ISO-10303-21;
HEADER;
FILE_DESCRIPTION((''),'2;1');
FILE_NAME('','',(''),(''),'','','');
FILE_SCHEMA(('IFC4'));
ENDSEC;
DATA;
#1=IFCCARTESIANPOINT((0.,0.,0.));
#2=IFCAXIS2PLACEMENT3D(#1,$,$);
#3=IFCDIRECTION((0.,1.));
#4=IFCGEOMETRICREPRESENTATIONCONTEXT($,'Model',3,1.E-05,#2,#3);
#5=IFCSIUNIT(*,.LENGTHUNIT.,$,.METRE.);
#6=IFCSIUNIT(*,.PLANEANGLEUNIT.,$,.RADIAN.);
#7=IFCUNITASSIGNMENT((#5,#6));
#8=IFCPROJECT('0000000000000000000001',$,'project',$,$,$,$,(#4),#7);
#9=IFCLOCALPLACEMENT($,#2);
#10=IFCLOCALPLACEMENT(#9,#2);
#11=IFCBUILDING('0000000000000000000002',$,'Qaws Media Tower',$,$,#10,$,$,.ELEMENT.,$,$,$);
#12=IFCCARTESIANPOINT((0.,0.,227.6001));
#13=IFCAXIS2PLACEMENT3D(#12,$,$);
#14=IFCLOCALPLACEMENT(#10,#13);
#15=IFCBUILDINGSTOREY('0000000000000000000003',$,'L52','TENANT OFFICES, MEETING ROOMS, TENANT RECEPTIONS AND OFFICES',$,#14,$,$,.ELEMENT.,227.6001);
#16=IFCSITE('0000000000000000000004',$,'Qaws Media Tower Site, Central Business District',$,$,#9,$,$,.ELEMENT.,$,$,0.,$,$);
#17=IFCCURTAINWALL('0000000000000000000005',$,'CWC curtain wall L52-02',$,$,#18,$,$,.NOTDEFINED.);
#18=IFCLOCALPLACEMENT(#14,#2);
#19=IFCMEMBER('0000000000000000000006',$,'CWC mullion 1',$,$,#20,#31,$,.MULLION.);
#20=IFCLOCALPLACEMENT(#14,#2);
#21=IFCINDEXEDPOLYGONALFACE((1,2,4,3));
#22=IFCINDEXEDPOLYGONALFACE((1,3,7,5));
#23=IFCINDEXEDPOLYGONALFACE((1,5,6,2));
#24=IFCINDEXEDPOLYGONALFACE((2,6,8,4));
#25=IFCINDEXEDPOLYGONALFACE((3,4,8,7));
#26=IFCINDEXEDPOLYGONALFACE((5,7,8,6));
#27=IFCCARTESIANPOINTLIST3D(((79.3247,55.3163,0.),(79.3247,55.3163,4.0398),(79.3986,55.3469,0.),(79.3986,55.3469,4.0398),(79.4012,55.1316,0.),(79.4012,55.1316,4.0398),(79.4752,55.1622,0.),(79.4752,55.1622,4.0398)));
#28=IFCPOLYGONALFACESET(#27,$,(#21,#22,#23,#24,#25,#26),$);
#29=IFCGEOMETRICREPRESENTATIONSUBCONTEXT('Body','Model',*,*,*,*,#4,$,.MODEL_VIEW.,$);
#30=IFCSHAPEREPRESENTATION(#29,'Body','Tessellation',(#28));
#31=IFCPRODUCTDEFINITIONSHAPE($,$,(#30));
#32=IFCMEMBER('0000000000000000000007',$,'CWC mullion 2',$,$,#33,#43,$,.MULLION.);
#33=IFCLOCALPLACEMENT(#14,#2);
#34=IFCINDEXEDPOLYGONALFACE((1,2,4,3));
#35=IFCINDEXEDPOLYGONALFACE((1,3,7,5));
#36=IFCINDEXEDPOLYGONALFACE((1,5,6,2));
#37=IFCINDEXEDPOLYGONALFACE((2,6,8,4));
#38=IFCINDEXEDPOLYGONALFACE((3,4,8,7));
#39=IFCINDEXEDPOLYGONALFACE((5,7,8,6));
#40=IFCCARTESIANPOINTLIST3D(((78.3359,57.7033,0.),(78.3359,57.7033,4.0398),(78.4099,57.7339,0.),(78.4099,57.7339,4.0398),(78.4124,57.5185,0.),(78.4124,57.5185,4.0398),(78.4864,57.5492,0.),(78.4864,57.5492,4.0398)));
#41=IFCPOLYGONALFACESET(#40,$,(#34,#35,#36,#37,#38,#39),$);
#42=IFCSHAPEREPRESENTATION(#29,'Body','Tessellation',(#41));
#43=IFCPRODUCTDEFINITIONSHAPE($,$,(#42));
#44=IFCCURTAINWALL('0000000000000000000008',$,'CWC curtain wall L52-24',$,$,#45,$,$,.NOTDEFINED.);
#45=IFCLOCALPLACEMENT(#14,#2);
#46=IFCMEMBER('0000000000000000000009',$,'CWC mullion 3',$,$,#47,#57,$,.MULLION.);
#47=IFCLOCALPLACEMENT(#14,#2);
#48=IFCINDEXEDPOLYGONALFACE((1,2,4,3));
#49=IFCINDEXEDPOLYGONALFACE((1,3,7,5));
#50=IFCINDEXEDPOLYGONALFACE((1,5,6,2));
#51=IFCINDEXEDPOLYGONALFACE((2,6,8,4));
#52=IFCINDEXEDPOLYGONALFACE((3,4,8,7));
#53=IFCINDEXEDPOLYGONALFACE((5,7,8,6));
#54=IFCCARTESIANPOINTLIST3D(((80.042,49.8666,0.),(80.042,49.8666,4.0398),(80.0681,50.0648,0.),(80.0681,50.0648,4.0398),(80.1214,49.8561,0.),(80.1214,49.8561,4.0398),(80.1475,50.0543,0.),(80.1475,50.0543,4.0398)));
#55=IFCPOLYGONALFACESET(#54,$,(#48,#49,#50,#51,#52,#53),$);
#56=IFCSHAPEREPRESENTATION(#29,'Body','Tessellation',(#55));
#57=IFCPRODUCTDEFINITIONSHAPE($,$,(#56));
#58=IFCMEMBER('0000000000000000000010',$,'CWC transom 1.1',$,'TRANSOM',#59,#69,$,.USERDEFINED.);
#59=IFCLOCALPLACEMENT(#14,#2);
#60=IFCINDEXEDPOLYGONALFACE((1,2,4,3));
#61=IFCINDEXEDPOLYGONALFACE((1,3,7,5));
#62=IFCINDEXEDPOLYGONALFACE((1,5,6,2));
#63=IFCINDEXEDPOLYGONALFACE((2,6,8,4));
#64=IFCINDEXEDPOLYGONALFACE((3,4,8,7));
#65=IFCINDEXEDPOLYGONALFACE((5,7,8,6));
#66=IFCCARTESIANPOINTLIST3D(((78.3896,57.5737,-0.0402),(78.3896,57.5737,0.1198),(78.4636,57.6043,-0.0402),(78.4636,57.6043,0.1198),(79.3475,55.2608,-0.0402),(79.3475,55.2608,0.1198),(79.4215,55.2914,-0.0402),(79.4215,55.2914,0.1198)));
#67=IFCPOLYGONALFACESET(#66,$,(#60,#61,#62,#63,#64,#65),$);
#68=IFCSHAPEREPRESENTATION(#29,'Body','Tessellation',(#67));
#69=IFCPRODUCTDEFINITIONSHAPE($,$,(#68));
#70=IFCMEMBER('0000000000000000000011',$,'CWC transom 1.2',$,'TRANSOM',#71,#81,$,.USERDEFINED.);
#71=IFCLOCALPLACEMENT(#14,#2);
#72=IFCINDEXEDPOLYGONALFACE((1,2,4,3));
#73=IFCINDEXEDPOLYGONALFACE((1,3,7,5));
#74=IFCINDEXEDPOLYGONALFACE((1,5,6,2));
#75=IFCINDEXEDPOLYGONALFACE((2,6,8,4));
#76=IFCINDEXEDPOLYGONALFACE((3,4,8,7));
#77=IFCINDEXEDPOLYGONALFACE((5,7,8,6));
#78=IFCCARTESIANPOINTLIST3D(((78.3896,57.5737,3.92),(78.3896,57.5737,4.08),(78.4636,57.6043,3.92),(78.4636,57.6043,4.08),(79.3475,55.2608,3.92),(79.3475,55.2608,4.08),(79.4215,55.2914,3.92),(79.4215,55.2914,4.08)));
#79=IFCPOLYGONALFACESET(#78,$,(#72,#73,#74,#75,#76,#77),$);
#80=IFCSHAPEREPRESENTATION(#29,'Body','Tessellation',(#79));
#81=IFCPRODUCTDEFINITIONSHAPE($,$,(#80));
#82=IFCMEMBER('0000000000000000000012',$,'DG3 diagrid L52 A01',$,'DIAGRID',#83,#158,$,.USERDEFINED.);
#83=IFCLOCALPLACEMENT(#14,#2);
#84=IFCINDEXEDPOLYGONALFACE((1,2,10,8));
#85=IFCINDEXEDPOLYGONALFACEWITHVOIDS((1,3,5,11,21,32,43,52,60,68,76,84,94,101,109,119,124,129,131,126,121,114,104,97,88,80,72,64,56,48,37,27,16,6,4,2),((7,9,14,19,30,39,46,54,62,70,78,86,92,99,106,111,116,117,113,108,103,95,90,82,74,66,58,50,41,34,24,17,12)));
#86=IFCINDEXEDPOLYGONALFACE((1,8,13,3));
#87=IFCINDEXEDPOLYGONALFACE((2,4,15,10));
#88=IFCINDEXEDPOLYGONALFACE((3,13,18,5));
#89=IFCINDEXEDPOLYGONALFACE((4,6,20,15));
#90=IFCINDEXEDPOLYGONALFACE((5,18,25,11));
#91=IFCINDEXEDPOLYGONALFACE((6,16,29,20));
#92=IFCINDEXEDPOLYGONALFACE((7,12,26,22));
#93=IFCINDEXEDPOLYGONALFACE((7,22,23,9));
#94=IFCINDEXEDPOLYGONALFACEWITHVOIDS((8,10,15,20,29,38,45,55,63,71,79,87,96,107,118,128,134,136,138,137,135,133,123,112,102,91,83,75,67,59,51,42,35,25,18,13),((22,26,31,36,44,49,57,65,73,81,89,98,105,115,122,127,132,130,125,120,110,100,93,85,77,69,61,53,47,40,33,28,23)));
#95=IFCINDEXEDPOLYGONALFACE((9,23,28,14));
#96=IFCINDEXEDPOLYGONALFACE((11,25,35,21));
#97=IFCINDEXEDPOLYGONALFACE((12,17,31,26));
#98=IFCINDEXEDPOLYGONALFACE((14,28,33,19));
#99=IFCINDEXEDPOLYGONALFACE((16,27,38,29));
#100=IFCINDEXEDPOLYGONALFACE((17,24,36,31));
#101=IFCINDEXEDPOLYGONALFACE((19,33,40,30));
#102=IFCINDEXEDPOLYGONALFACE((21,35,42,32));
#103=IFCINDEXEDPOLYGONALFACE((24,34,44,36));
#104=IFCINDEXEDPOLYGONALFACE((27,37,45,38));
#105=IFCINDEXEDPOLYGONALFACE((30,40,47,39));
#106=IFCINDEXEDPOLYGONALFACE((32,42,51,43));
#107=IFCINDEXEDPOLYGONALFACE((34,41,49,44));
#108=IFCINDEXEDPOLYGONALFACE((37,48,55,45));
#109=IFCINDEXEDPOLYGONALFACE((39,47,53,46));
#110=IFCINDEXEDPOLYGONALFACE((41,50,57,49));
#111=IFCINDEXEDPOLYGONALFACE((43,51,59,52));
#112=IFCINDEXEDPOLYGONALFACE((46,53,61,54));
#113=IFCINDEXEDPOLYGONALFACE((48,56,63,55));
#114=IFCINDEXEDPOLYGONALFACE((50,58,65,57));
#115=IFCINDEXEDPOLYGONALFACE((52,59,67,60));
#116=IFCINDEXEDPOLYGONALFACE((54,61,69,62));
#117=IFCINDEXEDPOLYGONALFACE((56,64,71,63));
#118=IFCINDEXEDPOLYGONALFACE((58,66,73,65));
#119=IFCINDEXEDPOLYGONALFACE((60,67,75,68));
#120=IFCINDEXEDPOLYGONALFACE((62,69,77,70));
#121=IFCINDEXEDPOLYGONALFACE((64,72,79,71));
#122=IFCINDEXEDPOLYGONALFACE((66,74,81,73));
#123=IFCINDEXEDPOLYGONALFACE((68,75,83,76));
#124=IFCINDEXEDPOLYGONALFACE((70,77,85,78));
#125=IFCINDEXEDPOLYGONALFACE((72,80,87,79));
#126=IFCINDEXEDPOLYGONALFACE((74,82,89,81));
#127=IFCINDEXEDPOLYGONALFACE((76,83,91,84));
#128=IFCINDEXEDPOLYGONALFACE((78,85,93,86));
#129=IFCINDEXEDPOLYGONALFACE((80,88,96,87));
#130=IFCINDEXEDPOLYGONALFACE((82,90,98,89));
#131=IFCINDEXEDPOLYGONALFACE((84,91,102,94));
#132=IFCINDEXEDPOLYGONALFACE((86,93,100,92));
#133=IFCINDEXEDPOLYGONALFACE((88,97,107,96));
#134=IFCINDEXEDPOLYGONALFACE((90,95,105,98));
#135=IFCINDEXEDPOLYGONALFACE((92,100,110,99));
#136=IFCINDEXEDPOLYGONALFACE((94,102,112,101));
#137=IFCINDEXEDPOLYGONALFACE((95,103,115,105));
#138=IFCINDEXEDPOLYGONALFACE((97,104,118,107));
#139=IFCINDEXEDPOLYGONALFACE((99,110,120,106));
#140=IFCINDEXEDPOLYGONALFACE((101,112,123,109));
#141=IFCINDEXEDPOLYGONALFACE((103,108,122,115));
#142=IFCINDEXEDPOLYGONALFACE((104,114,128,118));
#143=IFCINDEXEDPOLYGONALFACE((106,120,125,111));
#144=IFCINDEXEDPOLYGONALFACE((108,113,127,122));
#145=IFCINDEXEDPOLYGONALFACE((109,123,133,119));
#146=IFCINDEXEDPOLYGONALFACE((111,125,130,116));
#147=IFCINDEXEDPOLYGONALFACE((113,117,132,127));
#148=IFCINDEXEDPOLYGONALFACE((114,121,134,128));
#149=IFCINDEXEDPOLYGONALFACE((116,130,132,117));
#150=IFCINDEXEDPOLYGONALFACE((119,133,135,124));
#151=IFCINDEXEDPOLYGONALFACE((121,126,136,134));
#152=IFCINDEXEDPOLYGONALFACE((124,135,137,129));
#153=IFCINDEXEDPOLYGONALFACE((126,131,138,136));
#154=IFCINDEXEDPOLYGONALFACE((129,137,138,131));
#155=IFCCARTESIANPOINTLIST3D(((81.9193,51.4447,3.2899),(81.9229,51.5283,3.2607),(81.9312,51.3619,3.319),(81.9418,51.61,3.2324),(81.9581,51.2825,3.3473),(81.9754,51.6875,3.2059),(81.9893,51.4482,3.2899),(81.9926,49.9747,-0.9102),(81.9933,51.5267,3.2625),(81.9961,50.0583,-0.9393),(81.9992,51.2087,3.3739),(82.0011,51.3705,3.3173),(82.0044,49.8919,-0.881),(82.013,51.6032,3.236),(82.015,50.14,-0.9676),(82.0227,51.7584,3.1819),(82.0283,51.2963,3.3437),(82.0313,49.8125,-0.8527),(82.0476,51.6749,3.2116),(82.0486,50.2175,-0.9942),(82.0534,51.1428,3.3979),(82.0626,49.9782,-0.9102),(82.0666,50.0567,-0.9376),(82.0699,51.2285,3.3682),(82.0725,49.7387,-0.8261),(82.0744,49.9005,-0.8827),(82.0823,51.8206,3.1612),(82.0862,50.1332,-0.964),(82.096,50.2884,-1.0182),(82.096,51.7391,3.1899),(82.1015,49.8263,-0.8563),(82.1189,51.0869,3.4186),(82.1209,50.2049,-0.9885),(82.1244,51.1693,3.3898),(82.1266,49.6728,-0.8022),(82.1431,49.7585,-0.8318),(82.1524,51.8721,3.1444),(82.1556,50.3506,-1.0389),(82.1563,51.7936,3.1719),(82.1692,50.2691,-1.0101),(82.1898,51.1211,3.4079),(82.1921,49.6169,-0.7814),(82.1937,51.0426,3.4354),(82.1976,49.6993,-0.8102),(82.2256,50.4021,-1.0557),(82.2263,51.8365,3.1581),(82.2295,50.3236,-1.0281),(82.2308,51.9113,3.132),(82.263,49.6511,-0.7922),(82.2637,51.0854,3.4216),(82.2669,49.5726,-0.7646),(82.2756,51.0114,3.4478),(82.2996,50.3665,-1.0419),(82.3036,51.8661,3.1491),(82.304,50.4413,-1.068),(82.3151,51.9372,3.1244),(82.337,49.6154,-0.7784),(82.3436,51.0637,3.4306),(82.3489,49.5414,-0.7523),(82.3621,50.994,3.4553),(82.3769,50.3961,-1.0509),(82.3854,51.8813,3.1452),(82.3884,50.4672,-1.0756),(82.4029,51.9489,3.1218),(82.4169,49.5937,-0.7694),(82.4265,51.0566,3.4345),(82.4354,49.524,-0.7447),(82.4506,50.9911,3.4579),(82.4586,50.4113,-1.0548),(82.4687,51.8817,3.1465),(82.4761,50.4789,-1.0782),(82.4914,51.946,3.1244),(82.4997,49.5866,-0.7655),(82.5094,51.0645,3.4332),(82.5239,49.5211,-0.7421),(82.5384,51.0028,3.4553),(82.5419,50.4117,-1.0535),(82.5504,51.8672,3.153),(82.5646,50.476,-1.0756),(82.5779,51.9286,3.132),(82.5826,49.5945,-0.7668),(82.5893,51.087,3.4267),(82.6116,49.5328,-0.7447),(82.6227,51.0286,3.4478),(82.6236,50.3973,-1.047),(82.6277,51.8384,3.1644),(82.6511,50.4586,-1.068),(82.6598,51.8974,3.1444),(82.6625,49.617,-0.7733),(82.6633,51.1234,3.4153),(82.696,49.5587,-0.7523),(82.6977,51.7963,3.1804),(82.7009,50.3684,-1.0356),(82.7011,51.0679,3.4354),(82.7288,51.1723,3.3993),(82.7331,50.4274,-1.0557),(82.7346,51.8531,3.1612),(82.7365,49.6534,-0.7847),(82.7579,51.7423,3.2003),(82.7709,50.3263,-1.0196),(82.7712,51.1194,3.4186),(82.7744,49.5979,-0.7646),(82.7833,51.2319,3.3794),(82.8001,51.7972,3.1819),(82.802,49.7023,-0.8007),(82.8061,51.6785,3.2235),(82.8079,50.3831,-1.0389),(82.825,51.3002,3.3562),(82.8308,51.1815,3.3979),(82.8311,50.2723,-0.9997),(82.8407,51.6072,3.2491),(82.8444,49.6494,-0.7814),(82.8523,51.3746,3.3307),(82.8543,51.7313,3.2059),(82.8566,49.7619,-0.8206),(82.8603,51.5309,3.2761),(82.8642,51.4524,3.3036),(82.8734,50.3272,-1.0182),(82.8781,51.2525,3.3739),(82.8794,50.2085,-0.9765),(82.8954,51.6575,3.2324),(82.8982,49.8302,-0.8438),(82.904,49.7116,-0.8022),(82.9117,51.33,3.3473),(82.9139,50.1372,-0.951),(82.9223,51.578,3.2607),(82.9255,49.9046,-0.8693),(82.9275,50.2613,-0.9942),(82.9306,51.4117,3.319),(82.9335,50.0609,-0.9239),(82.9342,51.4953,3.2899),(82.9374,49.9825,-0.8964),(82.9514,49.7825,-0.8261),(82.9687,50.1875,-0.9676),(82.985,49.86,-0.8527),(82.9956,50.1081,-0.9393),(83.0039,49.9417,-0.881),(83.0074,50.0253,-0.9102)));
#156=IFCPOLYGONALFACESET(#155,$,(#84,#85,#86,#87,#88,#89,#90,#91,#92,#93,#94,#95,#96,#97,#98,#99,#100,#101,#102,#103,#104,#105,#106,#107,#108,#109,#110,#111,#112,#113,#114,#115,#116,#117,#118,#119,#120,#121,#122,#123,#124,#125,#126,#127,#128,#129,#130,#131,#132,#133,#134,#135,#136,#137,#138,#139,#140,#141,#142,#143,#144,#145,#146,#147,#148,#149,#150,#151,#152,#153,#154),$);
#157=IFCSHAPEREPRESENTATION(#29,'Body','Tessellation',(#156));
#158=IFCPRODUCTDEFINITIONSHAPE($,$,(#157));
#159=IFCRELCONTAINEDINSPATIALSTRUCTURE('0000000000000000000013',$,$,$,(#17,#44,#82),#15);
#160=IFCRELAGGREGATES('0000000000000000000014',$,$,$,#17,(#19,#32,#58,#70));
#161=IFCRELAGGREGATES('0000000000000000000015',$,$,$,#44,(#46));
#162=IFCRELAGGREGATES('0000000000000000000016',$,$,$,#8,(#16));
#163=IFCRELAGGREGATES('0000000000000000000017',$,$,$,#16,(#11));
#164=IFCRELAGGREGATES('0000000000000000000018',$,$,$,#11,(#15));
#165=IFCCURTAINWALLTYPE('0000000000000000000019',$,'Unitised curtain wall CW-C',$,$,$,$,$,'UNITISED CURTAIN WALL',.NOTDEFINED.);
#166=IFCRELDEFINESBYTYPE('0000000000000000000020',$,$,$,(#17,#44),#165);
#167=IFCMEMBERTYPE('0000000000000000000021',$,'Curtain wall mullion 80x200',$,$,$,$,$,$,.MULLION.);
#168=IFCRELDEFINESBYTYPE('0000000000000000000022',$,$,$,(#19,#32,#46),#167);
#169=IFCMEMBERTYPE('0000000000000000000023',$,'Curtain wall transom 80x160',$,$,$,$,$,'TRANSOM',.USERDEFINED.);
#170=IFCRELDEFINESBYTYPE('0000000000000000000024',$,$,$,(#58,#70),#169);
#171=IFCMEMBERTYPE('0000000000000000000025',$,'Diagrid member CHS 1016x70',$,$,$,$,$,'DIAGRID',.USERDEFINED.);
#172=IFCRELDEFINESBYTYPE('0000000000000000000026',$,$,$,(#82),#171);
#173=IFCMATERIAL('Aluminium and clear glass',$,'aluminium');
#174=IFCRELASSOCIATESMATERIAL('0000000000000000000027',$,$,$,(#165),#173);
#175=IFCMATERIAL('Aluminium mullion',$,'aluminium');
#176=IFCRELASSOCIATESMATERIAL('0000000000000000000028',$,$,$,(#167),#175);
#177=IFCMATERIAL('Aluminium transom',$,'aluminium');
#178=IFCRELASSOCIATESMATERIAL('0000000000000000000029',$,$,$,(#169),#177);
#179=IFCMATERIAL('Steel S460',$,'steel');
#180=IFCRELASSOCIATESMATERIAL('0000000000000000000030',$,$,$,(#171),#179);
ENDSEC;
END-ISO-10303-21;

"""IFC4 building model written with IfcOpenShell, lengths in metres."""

from ifc_helpers import new_model, si_unit, direction, frame, origin, origin_2d, place, context, subcontext, project, spatial, rectangle, hollow_circle, extrude, material, material_profile, profile_set, type_object, element, aggregate, save


model = new_model("IFC4")

# Units and contexts
model_context = context("Model", 3, precision=1e-05, world=origin(), true_north=direction((0.0, 1.0)))
body_context = subcontext(model_context, "Body", "Model", "MODEL_VIEW")
ifc_project = project(units=[si_unit("LENGTHUNIT", "METRE"), si_unit("PLANEANGLEUNIT", "RADIAN")], contexts=[model_context])

# Site, building, storey
site_placement = place(None, origin())
site = spatial("IfcSite", under=ifc_project, at=site_placement, Name="Qaws Media Tower Site, Central Business District", CompositionType="ELEMENT", RefElevation=0.0)
building_placement = place(site_placement, origin())
building = spatial("IfcBuilding", under=site, at=building_placement, Name="Qaws Media Tower", CompositionType="ELEMENT")
storey_placement = place(building_placement, frame((0.0, 0.0, 227.6001)))
storey = spatial("IfcBuildingStorey", under=building, at=storey_placement, Name="L52", Description="TENANT OFFICES, MEETING ROOMS, TENANT RECEPTIONS AND OFFICES", CompositionType="ELEMENT", Elevation=227.6001)

# Curtain wall, members
ifc_material_1 = material(Name="Aluminium and clear glass", Category="aluminium")
curtain_wall_type = type_object("IfcCurtainWallType", Name="Unitised curtain wall CW-C", ElementType="UNITISED CURTAIN WALL", PredefinedType="NOTDEFINED", material=ifc_material_1)
curtain_wall_1_placement = place(storey_placement, origin())
curtain_wall_1 = element("IfcCurtainWall", 1, at=curtain_wall_1_placement, inside=storey, type_object=curtain_wall_type, Name="CWC curtain wall L52-02", PredefinedType="NOTDEFINED")
ifc_material_2 = material(Name="Aluminium mullion", Category="aluminium")
ifc_material_profile_1 = material_profile(ifc_material_2, rectangle(XDim=0.0801, YDim=0.2, at=origin_2d()), Name="80x200")
ifc_profile_set_1 = profile_set([ifc_material_profile_1], Name="Aluminium mullion")
member_type_1 = type_object("IfcMemberType", Name="Curtain wall mullion 80x200", PredefinedType="MULLION", material=ifc_profile_set_1)
member_1_placement = place(storey_placement, frame((79.3999, 55.2393, 0.0), z_axis=(0.0, 0.0, 1.0), x_axis=(-0.92388, -0.382683, 0.0)))
member_1 = element("IfcMember", 2, at=member_1_placement, type_object=member_type_1, Name="CWC mullion 1", PredefinedType="MULLION", context=body_context, shape_type="SweptSolid", body=[
    extrude(rectangle(XDim=0.0801, YDim=0.2, at=origin_2d()), origin(), (0.0, 0.0, 1.0), 4.0398),
])
member_2_placement = place(storey_placement, frame((78.4111, 57.6262, 0.0), z_axis=(0.0, 0.0, 1.0), x_axis=(-0.92388, -0.382683, 0.0)))
member_2 = element("IfcMember", 3, at=member_2_placement, type_object=member_type_1, Name="CWC mullion 2", PredefinedType="MULLION", context=body_context, shape_type="SweptSolid", body=[
    extrude(rectangle(XDim=0.0801, YDim=0.2, at=origin_2d()), origin(), (0.0, 0.0, 1.0), 4.0398),
])

# Curtain wall, member
curtain_wall_2_placement = place(storey_placement, origin())
curtain_wall_2 = element("IfcCurtainWall", 4, at=curtain_wall_2_placement, inside=storey, type_object=curtain_wall_type, Name="CWC curtain wall L52-24", PredefinedType="NOTDEFINED")
member_3_placement = place(storey_placement, frame((80.0947, 49.9604, 0.0), z_axis=(0.0, 0.0, 1.0), x_axis=(-0.991445, 0.130526, 0.0)))
member_3 = element("IfcMember", 5, at=member_3_placement, type_object=member_type_1, Name="CWC mullion 3", PredefinedType="MULLION", context=body_context, shape_type="SweptSolid", body=[
    extrude(rectangle(XDim=0.0801, YDim=0.2, at=origin_2d()), origin(), (0.0, 0.0, 1.0), 4.0398),
])

# Members
ifc_material_3 = material(Name="Aluminium transom", Category="aluminium")
ifc_material_profile_2 = material_profile(ifc_material_3, rectangle(XDim=0.0801, YDim=0.1599, at=origin_2d()), Name="80x160")
ifc_profile_set_2 = profile_set([ifc_material_profile_2], Name="Aluminium transom")
member_type_2 = type_object("IfcMemberType", Name="Curtain wall transom 80x160", ElementType="TRANSOM", PredefinedType="USERDEFINED", material=ifc_profile_set_2)
member_4_placement = place(storey_placement, frame((79.3845, 55.2761, 0.0398), z_axis=(-0.382662, 0.923888, 0.0), x_axis=(-0.923888, -0.382662, 0.0)))
member_4 = element("IfcMember", 6, at=member_4_placement, type_object=member_type_2, Name="CWC transom 1.1", ObjectType="TRANSOM", PredefinedType="USERDEFINED", context=body_context, shape_type="SweptSolid", body=[
    extrude(rectangle(XDim=0.0801, YDim=0.1599, at=origin_2d()), origin(), (0.0, 0.0, 1.0), 2.5034),
])
member_5_placement = place(storey_placement, frame((79.3845, 55.2761, 4.0), z_axis=(-0.382662, 0.923888, 0.0), x_axis=(-0.923888, -0.382662, 0.0)))
member_5 = element("IfcMember", 7, at=member_5_placement, type_object=member_type_2, Name="CWC transom 1.2", ObjectType="TRANSOM", PredefinedType="USERDEFINED", context=body_context, shape_type="SweptSolid", body=[
    extrude(rectangle(XDim=0.0801, YDim=0.1599, at=origin_2d()), origin(), (0.0, 0.0, 1.0), 2.5034),
])

# Member
ifc_material_4 = material(Name="Steel S460", Category="steel")
ifc_material_profile_3 = material_profile(ifc_material_4, hollow_circle(Radius=0.5081, WallThickness=0.0701, at=origin_2d()), Name="CHS 1016x70")
ifc_profile_set_3 = profile_set([ifc_material_profile_3], Name="Steel S460")
member_type_3 = type_object("IfcMemberType", Name="Diagrid member CHS 1016x70", ElementType="DIAGRID", PredefinedType="USERDEFINED", material=ifc_profile_set_3)
for number, where, z_axis, x_axis, name in (
    (8, (82.5, 50.0, -0.9102), (-0.016458, 0.330303, 0.943731), (-0.998761, -0.049764, 0.0), "DG3 diagrid L52 A01"),
):
    element("IfcMember", number, at=place(storey_placement, frame(where, z_axis=z_axis, x_axis=x_axis)), inside=storey, type_object=member_type_3, Name=name, ObjectType="DIAGRID", PredefinedType="USERDEFINED", context=body_context, shape_type="SweptSolid", body=[
        extrude(hollow_circle(Radius=0.5081, WallThickness=0.0701, at=origin_2d()), origin(), (0.0, 0.0, 1.0), 4.4504),
    ])

aggregate(curtain_wall_1, [member_1, member_2, member_4, member_5])
aggregate(curtain_wall_2, [member_3])

save(model, "model.ifc")
